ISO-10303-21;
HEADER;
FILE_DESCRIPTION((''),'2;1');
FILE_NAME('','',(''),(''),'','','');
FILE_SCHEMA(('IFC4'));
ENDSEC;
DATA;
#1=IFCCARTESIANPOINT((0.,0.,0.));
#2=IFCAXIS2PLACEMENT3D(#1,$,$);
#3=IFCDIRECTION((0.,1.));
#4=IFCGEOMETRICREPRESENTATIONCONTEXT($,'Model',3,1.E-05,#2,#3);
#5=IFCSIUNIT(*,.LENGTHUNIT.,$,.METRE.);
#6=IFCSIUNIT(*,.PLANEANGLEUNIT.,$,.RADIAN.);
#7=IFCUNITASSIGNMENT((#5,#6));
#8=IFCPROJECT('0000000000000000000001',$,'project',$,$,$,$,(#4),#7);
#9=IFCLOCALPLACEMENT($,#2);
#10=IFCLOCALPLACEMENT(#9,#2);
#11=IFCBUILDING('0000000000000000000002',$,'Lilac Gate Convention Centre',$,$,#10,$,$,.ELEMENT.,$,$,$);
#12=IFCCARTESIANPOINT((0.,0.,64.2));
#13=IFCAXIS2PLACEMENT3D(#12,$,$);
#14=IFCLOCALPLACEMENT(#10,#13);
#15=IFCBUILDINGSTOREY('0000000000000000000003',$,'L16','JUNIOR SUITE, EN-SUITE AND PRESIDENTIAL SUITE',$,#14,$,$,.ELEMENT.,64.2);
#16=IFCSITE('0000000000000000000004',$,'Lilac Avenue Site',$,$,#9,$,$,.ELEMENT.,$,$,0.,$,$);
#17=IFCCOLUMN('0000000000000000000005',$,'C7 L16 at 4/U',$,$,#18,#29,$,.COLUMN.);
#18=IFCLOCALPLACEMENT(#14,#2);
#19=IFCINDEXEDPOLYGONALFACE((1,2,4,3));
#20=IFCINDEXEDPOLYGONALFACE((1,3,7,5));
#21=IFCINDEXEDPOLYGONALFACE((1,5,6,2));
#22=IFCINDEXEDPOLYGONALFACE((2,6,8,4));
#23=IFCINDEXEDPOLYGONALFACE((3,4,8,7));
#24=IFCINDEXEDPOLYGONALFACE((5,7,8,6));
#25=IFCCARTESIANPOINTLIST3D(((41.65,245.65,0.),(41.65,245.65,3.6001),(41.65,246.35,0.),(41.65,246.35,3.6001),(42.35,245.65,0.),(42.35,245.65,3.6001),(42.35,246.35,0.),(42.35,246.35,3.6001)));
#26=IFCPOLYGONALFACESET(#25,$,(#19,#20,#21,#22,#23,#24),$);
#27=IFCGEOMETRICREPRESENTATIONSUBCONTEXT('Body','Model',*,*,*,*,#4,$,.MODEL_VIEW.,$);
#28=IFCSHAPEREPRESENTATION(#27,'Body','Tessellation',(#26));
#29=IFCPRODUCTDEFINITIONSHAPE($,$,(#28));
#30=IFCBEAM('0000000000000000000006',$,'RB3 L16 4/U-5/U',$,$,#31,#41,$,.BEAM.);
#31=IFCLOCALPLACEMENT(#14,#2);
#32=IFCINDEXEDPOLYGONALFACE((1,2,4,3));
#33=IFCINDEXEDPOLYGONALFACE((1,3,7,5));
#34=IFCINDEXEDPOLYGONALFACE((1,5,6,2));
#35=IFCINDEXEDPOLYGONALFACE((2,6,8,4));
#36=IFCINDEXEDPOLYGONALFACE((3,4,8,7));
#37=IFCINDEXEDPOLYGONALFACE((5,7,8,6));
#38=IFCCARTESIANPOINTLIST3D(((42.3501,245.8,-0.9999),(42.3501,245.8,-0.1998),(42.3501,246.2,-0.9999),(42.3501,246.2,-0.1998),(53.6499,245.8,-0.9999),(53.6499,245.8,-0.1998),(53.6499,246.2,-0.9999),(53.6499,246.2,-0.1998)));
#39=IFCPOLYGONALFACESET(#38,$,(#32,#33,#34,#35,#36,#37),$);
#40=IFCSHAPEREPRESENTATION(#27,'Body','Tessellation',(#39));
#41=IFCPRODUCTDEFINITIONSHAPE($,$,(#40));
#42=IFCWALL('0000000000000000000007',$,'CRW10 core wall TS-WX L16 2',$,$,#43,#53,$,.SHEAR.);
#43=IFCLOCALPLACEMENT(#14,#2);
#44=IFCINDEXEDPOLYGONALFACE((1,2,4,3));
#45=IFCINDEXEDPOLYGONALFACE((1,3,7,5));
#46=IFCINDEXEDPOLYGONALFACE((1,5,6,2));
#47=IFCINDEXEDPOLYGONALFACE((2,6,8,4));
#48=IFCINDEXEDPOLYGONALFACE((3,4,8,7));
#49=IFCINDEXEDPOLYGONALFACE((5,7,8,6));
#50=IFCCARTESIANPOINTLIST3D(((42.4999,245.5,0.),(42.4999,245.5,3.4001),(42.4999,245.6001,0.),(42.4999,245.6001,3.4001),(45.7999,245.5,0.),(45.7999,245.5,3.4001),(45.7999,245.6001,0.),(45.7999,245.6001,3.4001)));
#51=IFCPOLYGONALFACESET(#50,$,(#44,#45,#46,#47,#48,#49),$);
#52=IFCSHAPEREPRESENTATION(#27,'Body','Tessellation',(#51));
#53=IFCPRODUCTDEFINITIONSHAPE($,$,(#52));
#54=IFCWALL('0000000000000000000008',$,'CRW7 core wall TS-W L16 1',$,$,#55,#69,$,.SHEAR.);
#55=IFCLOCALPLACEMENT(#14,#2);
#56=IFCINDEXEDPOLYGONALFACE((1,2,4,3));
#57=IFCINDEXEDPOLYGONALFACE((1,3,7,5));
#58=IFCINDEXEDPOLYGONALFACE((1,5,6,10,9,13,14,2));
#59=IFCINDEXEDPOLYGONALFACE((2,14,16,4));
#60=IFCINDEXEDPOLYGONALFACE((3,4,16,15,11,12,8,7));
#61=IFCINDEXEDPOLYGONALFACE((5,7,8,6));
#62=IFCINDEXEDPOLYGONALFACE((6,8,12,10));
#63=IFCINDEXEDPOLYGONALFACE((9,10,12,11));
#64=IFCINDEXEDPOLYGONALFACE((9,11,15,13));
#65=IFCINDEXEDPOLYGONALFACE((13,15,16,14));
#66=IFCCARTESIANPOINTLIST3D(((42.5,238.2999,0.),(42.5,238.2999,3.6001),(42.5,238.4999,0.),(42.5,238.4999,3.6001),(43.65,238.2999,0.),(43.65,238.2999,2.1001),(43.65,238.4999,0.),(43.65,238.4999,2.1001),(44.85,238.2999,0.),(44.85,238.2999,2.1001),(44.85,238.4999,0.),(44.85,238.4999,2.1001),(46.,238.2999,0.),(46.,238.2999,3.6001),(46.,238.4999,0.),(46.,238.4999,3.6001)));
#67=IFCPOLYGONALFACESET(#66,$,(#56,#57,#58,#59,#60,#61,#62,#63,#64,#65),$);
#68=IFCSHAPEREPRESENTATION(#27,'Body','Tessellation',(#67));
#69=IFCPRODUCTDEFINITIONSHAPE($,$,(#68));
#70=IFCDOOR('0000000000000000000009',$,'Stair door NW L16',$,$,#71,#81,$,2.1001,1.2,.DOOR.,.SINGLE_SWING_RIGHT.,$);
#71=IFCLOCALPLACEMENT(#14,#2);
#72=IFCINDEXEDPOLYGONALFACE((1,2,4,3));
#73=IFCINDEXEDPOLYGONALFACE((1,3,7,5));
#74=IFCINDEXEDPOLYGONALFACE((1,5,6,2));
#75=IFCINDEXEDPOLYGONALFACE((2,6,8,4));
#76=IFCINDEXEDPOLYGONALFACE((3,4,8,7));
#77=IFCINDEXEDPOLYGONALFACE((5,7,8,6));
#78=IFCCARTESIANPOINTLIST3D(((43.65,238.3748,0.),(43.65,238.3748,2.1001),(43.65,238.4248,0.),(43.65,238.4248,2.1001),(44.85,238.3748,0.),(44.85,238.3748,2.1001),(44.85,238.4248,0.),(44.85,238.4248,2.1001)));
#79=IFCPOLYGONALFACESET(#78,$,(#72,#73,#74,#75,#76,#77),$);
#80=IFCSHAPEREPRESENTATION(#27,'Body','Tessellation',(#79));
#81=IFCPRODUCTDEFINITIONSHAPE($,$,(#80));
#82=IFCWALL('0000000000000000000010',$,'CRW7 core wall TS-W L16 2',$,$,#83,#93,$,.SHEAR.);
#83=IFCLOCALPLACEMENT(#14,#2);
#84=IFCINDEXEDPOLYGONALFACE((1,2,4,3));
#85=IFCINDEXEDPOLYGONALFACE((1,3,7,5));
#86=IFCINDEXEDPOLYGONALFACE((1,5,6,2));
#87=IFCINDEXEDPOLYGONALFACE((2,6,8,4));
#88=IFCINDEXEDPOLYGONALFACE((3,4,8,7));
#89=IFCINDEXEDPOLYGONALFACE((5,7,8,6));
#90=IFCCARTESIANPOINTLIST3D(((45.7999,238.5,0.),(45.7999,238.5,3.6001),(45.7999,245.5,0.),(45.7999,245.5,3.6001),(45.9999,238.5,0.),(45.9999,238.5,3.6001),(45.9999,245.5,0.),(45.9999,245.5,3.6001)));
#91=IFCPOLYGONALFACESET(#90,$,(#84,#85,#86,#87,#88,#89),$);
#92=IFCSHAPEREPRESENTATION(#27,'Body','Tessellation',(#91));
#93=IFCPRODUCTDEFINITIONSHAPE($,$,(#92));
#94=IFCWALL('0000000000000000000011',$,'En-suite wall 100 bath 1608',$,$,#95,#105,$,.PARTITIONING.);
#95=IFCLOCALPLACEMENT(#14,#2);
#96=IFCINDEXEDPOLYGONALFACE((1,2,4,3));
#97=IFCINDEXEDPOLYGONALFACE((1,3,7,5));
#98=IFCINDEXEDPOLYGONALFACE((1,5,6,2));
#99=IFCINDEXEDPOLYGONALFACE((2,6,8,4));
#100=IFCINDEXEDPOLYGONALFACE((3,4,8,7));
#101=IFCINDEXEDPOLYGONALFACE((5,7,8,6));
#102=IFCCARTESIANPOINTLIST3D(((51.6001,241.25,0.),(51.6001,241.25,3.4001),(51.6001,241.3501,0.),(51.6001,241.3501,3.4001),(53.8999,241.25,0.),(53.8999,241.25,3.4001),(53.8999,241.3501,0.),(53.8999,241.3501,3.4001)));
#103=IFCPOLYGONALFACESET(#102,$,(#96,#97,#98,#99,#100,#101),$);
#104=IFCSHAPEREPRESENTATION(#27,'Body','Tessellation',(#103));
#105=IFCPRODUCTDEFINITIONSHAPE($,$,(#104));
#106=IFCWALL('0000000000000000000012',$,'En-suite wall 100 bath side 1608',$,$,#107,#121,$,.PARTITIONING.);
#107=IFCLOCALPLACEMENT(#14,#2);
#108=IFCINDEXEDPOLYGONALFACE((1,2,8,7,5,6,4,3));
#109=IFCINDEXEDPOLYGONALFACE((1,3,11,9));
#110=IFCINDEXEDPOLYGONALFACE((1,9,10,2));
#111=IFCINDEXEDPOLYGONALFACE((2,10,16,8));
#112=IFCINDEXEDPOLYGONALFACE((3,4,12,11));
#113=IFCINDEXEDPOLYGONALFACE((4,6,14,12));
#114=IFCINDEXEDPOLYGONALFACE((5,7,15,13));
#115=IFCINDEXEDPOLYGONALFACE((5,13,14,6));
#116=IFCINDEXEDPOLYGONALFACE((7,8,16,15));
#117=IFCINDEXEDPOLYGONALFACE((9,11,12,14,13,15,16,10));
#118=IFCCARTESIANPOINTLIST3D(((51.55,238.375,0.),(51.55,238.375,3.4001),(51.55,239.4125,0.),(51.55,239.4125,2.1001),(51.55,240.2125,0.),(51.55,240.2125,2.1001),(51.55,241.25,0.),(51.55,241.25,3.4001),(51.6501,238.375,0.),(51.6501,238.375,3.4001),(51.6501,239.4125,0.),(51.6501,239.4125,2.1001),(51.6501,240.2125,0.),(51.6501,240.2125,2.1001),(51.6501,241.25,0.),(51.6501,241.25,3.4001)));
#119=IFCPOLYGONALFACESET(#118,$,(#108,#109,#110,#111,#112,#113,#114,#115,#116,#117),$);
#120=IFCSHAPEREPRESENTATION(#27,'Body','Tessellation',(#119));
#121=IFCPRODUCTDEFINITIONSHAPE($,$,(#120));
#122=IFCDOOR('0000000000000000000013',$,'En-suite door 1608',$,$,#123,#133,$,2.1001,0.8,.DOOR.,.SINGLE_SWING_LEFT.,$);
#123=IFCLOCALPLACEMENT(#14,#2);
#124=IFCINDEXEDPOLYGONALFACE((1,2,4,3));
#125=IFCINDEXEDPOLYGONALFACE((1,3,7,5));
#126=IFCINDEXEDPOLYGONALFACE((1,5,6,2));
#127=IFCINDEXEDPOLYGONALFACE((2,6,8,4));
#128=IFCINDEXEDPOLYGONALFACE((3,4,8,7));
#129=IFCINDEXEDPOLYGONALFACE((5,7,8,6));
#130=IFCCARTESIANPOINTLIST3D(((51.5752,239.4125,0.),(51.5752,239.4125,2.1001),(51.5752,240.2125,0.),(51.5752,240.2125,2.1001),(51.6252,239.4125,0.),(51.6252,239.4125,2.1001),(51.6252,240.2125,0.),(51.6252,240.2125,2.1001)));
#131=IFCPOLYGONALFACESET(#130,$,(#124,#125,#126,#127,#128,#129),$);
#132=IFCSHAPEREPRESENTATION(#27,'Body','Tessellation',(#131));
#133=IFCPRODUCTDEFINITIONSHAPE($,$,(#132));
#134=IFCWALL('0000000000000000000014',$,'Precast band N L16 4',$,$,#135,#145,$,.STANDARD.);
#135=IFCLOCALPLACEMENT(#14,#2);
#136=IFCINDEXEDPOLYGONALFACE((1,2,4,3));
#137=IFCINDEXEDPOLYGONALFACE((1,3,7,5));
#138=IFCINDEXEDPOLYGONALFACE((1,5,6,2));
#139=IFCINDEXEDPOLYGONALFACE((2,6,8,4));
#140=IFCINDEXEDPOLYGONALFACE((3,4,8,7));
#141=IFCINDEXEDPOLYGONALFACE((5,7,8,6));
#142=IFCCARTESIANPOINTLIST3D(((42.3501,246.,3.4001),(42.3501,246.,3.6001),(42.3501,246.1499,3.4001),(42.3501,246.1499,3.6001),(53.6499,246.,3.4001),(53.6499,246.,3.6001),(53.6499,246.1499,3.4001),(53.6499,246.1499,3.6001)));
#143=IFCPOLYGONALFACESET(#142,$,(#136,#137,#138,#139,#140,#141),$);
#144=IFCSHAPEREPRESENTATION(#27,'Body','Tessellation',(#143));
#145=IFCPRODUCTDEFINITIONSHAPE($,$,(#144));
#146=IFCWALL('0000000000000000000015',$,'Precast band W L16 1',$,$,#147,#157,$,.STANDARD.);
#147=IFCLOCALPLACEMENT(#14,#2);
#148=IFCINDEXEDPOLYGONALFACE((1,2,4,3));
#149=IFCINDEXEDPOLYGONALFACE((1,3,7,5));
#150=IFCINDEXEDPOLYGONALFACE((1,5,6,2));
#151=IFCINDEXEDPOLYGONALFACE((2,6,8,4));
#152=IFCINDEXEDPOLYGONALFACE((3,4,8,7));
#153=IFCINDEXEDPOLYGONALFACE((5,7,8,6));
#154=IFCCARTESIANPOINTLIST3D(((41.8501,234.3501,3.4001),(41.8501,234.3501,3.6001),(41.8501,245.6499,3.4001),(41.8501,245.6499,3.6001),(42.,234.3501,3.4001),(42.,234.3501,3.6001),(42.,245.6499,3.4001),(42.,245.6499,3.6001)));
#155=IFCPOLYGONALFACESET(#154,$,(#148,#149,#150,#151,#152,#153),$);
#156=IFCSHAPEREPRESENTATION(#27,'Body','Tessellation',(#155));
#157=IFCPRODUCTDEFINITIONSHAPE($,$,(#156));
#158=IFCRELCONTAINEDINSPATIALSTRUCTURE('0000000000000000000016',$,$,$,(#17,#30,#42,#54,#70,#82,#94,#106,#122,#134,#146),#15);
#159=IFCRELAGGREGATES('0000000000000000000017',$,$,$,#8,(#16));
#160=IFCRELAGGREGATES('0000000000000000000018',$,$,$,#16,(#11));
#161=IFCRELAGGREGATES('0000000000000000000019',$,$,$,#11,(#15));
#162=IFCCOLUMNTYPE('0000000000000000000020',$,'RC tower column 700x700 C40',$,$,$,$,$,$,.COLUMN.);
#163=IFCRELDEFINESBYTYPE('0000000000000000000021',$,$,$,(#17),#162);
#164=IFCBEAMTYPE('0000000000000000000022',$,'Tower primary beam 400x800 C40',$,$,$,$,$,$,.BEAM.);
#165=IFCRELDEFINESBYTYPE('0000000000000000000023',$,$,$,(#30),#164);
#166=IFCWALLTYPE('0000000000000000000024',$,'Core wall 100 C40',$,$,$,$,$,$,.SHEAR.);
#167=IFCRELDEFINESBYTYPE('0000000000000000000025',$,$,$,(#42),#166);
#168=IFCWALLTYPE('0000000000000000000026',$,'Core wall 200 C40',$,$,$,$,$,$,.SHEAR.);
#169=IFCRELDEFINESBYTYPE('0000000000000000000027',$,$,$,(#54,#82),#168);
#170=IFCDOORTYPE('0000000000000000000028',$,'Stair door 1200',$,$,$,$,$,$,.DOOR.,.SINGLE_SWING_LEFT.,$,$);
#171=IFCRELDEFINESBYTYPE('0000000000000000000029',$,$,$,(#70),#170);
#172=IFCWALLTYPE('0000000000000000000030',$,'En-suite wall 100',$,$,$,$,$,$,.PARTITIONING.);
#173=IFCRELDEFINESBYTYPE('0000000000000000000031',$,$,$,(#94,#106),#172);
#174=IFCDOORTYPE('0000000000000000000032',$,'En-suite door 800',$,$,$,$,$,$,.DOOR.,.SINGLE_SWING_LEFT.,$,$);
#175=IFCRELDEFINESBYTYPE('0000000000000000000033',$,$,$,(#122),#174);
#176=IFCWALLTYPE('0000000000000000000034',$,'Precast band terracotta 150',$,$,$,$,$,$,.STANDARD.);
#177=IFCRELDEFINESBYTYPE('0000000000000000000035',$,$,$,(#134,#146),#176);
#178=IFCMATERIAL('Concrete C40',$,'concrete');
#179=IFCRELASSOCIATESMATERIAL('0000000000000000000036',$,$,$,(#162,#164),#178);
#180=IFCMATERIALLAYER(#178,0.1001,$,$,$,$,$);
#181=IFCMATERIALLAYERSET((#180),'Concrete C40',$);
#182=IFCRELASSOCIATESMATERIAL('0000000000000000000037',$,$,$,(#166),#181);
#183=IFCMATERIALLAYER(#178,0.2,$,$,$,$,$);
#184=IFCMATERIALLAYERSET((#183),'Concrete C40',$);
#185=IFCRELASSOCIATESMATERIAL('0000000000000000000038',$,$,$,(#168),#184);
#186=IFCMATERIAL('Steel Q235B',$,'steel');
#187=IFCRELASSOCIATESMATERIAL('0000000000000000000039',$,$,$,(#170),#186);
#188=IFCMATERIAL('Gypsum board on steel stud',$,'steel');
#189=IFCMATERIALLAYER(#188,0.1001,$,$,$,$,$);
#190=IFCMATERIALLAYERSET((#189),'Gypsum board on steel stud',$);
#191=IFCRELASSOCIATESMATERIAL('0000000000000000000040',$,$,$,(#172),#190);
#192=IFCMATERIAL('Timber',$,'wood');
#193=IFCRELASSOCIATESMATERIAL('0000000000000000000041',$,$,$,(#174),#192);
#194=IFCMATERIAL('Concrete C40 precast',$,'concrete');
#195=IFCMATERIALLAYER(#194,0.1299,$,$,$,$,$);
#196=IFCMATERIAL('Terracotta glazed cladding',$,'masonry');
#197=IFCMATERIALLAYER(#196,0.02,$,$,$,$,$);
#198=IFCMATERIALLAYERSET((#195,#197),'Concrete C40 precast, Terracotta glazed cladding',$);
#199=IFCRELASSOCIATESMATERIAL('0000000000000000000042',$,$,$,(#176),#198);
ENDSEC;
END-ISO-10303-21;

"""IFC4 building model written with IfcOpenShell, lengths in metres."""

from ifc_helpers import new_model, si_unit, direction, frame, frame_2d, origin, origin_2d, place, context, subcontext, project, spatial, rectangle, extrude, material, layer, layer_set, material_profile, profile_set, type_object, element, fill, save


model = new_model("IFC4")

# Units and contexts
model_context = context("Model", 3, precision=1e-05, world=origin(), true_north=direction((0.0, 1.0)))
body_context = subcontext(model_context, "Body", "Model", "MODEL_VIEW")
ifc_project = project(units=[si_unit("LENGTHUNIT", "METRE"), si_unit("PLANEANGLEUNIT", "RADIAN")], contexts=[model_context])

# Site, building, storey
site_placement = place(None, origin())
site = spatial("IfcSite", under=ifc_project, at=site_placement, Name="Lilac Avenue Site", CompositionType="ELEMENT", RefElevation=0.0)
building_placement = place(site_placement, origin())
building = spatial("IfcBuilding", under=site, at=building_placement, Name="Lilac Gate Convention Centre", CompositionType="ELEMENT")
storey_placement = place(building_placement, frame((0.0, 0.0, 64.2)))
storey = spatial("IfcBuildingStorey", under=building, at=storey_placement, Name="L16", Description="JUNIOR SUITE, EN-SUITE AND PRESIDENTIAL SUITE", CompositionType="ELEMENT", Elevation=64.2)

# Column
ifc_material_1 = material(Name="Concrete C40", Category="concrete")
ifc_material_profile_1 = material_profile(ifc_material_1, rectangle(XDim=0.7, YDim=0.7, at=origin_2d()), Name="RC 700x700")
ifc_profile_set_1 = profile_set([ifc_material_profile_1], Name="Concrete C40")
column_type = type_object("IfcColumnType", Name="RC tower column 700x700 C40", PredefinedType="COLUMN", material=ifc_profile_set_1)
column_placement = place(storey_placement, frame((42.0, 246.0, 0.0), z_axis=(0.0, 0.0, 1.0), x_axis=(1.0, 0.0, 0.0)))
element("IfcColumn", 1, at=column_placement, inside=storey, type_object=column_type, Name="C7 L16 at 4/U", PredefinedType="COLUMN", context=body_context, shape_type="SweptSolid", body=[
    extrude(rectangle(XDim=0.7, YDim=0.7, at=origin_2d()), origin(), (0.0, 0.0, 1.0), 3.6001),
])

# Beam
ifc_material_profile_2 = material_profile(ifc_material_1, rectangle(XDim=0.3999, YDim=0.8, at=origin_2d()), Name="RC 400x800")
ifc_profile_set_2 = profile_set([ifc_material_profile_2], Name="Concrete C40")
beam_type = type_object("IfcBeamType", Name="Tower primary beam 400x800 C40", PredefinedType="BEAM", material=ifc_profile_set_2)
beam_placement = place(storey_placement, frame((42.3501, 246.0, -0.5999), z_axis=(1.0, 0.0, 0.0), x_axis=(0.0, 1.0, 0.0)))
element("IfcBeam", 2, at=beam_placement, inside=storey, type_object=beam_type, Name="RB3 L16 4/U-5/U", PredefinedType="BEAM", context=body_context, shape_type="SweptSolid", body=[
    extrude(rectangle(XDim=0.3999, YDim=0.8, at=origin_2d()), origin(), (0.0, 0.0, 1.0), 11.2998),
])

# Wall
ifc_layer_1 = layer(ifc_material_1, 0.1001)
ifc_layer_set_1 = layer_set([ifc_layer_1], Name="Concrete C40")
wall_type_1 = type_object("IfcWallType", Name="Core wall 100 C40", PredefinedType="SHEAR", material=ifc_layer_set_1)
wall_1_placement = place(storey_placement, frame((42.5, 245.55, 0.0), z_axis=(0.0, 0.0, 1.0), x_axis=(1.0, 0.0, 0.0)))
element("IfcWall", 3, at=wall_1_placement, inside=storey, type_object=wall_type_1, Name="CRW10 core wall TS-WX L16 2", PredefinedType="SHEAR", context=body_context, shape_type="SweptSolid", body=[
    extrude(rectangle(XDim=3.3, YDim=0.1001, at=frame_2d((1.6499, 0.0))), origin(), (0.0, 0.0, 1.0), 3.4001),
])

# Wall, opening, door
ifc_layer_2 = layer(ifc_material_1, 0.2)
ifc_layer_set_2 = layer_set([ifc_layer_2], Name="Concrete C40")
wall_type_2 = type_object("IfcWallType", Name="Core wall 200 C40", PredefinedType="SHEAR", material=ifc_layer_set_2)
wall_2_placement = place(storey_placement, frame((42.5, 238.3999, 0.0), z_axis=(0.0, 0.0, 1.0), x_axis=(1.0, 0.0, 0.0)))
wall_2 = element("IfcWall", 4, at=wall_2_placement, inside=storey, type_object=wall_type_2, Name="CRW7 core wall TS-W L16 1", PredefinedType="SHEAR", context=body_context, shape_type="SweptSolid", body=[
    extrude(rectangle(XDim=3.5, YDim=0.2, at=frame_2d((1.75, 0.0))), origin(), (0.0, 0.0, 1.0), 3.6001),
])
opening_1_placement = place(wall_2_placement, frame((1.1499, 0.0, 0.0)))
opening_1 = element("IfcOpeningElement", 5, at=opening_1_placement, cuts=wall_2, PredefinedType="OPENING", context=body_context, shape_type="SweptSolid", body=[
    extrude(rectangle(XDim=1.2, YDim=2.1001, at=frame_2d((0.6001, 1.05))), frame((0.0, 0.1099, 0.0), z_axis=(0.0, -1.0, 0.0), x_axis=(1.0, 0.0, 0.0)), (0.0, 0.0, 1.0), 0.22),
])
ifc_material_2 = material(Name="Steel Q235B", Category="steel")
door_type_1 = type_object("IfcDoorType", Name="Stair door 1200", OperationType="SINGLE_SWING_LEFT", PredefinedType="DOOR", material=ifc_material_2)
door_1_placement = place(opening_1_placement, origin())
door_1 = element("IfcDoor", 6, at=door_1_placement, inside=storey, type_object=door_type_1, Name="Stair door NW L16", OperationType="SINGLE_SWING_RIGHT", OverallHeight=2.1001, OverallWidth=1.2, PredefinedType="DOOR", context=body_context, shape_type="SweptSolid", body=[
    extrude(rectangle(XDim=1.2, YDim=2.1001, at=frame_2d((0.6001, 1.05))), frame((0.0, 0.0249, 0.0), z_axis=(0.0, -1.0, 0.0), x_axis=(1.0, 0.0, 0.0)), (0.0, 0.0, 1.0), 0.05),
])
fill(opening_1, door_1)

# Walls
wall_3_placement = place(storey_placement, frame((45.8999, 238.5, 0.0), z_axis=(0.0, 0.0, 1.0), x_axis=(0.0, 1.0, 0.0)))
element("IfcWall", 7, at=wall_3_placement, inside=storey, type_object=wall_type_2, Name="CRW7 core wall TS-W L16 2", PredefinedType="SHEAR", context=body_context, shape_type="SweptSolid", body=[
    extrude(rectangle(XDim=7.0, YDim=0.2, at=frame_2d((3.5, 0.0))), origin(), (0.0, 0.0, 1.0), 3.6001),
])
ifc_material_3 = material(Name="Gypsum board on steel stud", Category="steel")
ifc_layer_3 = layer(ifc_material_3, 0.1001)
ifc_layer_set_3 = layer_set([ifc_layer_3], Name="Gypsum board on steel stud")
wall_type_3 = type_object("IfcWallType", Name="En-suite wall 100", PredefinedType="PARTITIONING", material=ifc_layer_set_3)
wall_4_placement = place(storey_placement, frame((51.6001, 241.3, 0.0), z_axis=(0.0, 0.0, 1.0), x_axis=(1.0, 0.0, 0.0)))
element("IfcWall", 8, at=wall_4_placement, inside=storey, type_object=wall_type_3, Name="En-suite wall 100 bath 1608", PredefinedType="PARTITIONING", context=body_context, shape_type="SweptSolid", body=[
    extrude(rectangle(XDim=2.2998, YDim=0.1001, at=frame_2d((1.1499, 0.0))), origin(), (0.0, 0.0, 1.0), 3.4001),
])

# Wall, opening, door
wall_5_placement = place(storey_placement, frame((51.6001, 238.375, 0.0), z_axis=(0.0, 0.0, 1.0), x_axis=(0.0, 1.0, 0.0)))
wall_5 = element("IfcWall", 9, at=wall_5_placement, inside=storey, type_object=wall_type_3, Name="En-suite wall 100 bath side 1608", PredefinedType="PARTITIONING", context=body_context, shape_type="SweptSolid", body=[
    extrude(rectangle(XDim=2.875, YDim=0.1001, at=frame_2d((1.4375, 0.0))), origin(), (0.0, 0.0, 1.0), 3.4001),
])
opening_2_placement = place(wall_5_placement, frame((1.0376, 0.0, 0.0)))
opening_2 = element("IfcOpeningElement", 10, at=opening_2_placement, cuts=wall_5, PredefinedType="OPENING", context=body_context, shape_type="SweptSolid", body=[
    extrude(rectangle(XDim=0.8, YDim=2.1001, at=frame_2d((0.3999, 1.05))), frame((0.0, 0.0601, 0.0), z_axis=(0.0, -1.0, 0.0), x_axis=(1.0, 0.0, 0.0)), (0.0, 0.0, 1.0), 0.1201),
])
ifc_material_4 = material(Name="Timber", Category="wood")
door_type_2 = type_object("IfcDoorType", Name="En-suite door 800", OperationType="SINGLE_SWING_LEFT", PredefinedType="DOOR", material=ifc_material_4)
door_2_placement = place(opening_2_placement, origin())
door_2 = element("IfcDoor", 11, at=door_2_placement, inside=storey, type_object=door_type_2, Name="En-suite door 1608", OperationType="SINGLE_SWING_LEFT", OverallHeight=2.1001, OverallWidth=0.8, PredefinedType="DOOR", context=body_context, shape_type="SweptSolid", body=[
    extrude(rectangle(XDim=0.8, YDim=2.1001, at=frame_2d((0.3999, 1.05))), frame((0.0, 0.0249, 0.0), z_axis=(0.0, -1.0, 0.0), x_axis=(1.0, 0.0, 0.0)), (0.0, 0.0, 1.0), 0.05),
])
fill(opening_2, door_2)

# Walls
ifc_material_5 = material(Name="Concrete C40 precast", Category="concrete")
ifc_layer_4 = layer(ifc_material_5, 0.1299)
ifc_material_6 = material(Name="Terracotta glazed cladding", Category="masonry")
ifc_layer_5 = layer(ifc_material_6, 0.02)
ifc_layer_set_4 = layer_set([ifc_layer_4, ifc_layer_5], Name="Concrete C40 precast, Terracotta glazed cladding")
wall_type_4 = type_object("IfcWallType", Name="Precast band terracotta 150", PredefinedType="STANDARD", material=ifc_layer_set_4)
for number, where, z_axis, x_axis, name in (
    (12, (53.6499, 246.075, 3.4001), (0.0, 0.0, 1.0), (-1.0, 0.0, 0.0), "Precast band N L16 4"),
    (13, (41.925, 245.6499, 3.4001), (0.0, 0.0, 1.0), (0.0, -1.0, 0.0), "Precast band W L16 1"),
):
    element("IfcWall", number, at=place(storey_placement, frame(where, z_axis=z_axis, x_axis=x_axis)), inside=storey, type_object=wall_type_4, Name=name, PredefinedType="STANDARD", context=body_context, shape_type="SweptSolid", body=[
        extrude(rectangle(XDim=11.2998, YDim=0.1499, at=frame_2d((5.6499, 0.0))), origin(), (0.0, 0.0, 1.0), 0.2),
    ])

save(model, "model.ifc")
